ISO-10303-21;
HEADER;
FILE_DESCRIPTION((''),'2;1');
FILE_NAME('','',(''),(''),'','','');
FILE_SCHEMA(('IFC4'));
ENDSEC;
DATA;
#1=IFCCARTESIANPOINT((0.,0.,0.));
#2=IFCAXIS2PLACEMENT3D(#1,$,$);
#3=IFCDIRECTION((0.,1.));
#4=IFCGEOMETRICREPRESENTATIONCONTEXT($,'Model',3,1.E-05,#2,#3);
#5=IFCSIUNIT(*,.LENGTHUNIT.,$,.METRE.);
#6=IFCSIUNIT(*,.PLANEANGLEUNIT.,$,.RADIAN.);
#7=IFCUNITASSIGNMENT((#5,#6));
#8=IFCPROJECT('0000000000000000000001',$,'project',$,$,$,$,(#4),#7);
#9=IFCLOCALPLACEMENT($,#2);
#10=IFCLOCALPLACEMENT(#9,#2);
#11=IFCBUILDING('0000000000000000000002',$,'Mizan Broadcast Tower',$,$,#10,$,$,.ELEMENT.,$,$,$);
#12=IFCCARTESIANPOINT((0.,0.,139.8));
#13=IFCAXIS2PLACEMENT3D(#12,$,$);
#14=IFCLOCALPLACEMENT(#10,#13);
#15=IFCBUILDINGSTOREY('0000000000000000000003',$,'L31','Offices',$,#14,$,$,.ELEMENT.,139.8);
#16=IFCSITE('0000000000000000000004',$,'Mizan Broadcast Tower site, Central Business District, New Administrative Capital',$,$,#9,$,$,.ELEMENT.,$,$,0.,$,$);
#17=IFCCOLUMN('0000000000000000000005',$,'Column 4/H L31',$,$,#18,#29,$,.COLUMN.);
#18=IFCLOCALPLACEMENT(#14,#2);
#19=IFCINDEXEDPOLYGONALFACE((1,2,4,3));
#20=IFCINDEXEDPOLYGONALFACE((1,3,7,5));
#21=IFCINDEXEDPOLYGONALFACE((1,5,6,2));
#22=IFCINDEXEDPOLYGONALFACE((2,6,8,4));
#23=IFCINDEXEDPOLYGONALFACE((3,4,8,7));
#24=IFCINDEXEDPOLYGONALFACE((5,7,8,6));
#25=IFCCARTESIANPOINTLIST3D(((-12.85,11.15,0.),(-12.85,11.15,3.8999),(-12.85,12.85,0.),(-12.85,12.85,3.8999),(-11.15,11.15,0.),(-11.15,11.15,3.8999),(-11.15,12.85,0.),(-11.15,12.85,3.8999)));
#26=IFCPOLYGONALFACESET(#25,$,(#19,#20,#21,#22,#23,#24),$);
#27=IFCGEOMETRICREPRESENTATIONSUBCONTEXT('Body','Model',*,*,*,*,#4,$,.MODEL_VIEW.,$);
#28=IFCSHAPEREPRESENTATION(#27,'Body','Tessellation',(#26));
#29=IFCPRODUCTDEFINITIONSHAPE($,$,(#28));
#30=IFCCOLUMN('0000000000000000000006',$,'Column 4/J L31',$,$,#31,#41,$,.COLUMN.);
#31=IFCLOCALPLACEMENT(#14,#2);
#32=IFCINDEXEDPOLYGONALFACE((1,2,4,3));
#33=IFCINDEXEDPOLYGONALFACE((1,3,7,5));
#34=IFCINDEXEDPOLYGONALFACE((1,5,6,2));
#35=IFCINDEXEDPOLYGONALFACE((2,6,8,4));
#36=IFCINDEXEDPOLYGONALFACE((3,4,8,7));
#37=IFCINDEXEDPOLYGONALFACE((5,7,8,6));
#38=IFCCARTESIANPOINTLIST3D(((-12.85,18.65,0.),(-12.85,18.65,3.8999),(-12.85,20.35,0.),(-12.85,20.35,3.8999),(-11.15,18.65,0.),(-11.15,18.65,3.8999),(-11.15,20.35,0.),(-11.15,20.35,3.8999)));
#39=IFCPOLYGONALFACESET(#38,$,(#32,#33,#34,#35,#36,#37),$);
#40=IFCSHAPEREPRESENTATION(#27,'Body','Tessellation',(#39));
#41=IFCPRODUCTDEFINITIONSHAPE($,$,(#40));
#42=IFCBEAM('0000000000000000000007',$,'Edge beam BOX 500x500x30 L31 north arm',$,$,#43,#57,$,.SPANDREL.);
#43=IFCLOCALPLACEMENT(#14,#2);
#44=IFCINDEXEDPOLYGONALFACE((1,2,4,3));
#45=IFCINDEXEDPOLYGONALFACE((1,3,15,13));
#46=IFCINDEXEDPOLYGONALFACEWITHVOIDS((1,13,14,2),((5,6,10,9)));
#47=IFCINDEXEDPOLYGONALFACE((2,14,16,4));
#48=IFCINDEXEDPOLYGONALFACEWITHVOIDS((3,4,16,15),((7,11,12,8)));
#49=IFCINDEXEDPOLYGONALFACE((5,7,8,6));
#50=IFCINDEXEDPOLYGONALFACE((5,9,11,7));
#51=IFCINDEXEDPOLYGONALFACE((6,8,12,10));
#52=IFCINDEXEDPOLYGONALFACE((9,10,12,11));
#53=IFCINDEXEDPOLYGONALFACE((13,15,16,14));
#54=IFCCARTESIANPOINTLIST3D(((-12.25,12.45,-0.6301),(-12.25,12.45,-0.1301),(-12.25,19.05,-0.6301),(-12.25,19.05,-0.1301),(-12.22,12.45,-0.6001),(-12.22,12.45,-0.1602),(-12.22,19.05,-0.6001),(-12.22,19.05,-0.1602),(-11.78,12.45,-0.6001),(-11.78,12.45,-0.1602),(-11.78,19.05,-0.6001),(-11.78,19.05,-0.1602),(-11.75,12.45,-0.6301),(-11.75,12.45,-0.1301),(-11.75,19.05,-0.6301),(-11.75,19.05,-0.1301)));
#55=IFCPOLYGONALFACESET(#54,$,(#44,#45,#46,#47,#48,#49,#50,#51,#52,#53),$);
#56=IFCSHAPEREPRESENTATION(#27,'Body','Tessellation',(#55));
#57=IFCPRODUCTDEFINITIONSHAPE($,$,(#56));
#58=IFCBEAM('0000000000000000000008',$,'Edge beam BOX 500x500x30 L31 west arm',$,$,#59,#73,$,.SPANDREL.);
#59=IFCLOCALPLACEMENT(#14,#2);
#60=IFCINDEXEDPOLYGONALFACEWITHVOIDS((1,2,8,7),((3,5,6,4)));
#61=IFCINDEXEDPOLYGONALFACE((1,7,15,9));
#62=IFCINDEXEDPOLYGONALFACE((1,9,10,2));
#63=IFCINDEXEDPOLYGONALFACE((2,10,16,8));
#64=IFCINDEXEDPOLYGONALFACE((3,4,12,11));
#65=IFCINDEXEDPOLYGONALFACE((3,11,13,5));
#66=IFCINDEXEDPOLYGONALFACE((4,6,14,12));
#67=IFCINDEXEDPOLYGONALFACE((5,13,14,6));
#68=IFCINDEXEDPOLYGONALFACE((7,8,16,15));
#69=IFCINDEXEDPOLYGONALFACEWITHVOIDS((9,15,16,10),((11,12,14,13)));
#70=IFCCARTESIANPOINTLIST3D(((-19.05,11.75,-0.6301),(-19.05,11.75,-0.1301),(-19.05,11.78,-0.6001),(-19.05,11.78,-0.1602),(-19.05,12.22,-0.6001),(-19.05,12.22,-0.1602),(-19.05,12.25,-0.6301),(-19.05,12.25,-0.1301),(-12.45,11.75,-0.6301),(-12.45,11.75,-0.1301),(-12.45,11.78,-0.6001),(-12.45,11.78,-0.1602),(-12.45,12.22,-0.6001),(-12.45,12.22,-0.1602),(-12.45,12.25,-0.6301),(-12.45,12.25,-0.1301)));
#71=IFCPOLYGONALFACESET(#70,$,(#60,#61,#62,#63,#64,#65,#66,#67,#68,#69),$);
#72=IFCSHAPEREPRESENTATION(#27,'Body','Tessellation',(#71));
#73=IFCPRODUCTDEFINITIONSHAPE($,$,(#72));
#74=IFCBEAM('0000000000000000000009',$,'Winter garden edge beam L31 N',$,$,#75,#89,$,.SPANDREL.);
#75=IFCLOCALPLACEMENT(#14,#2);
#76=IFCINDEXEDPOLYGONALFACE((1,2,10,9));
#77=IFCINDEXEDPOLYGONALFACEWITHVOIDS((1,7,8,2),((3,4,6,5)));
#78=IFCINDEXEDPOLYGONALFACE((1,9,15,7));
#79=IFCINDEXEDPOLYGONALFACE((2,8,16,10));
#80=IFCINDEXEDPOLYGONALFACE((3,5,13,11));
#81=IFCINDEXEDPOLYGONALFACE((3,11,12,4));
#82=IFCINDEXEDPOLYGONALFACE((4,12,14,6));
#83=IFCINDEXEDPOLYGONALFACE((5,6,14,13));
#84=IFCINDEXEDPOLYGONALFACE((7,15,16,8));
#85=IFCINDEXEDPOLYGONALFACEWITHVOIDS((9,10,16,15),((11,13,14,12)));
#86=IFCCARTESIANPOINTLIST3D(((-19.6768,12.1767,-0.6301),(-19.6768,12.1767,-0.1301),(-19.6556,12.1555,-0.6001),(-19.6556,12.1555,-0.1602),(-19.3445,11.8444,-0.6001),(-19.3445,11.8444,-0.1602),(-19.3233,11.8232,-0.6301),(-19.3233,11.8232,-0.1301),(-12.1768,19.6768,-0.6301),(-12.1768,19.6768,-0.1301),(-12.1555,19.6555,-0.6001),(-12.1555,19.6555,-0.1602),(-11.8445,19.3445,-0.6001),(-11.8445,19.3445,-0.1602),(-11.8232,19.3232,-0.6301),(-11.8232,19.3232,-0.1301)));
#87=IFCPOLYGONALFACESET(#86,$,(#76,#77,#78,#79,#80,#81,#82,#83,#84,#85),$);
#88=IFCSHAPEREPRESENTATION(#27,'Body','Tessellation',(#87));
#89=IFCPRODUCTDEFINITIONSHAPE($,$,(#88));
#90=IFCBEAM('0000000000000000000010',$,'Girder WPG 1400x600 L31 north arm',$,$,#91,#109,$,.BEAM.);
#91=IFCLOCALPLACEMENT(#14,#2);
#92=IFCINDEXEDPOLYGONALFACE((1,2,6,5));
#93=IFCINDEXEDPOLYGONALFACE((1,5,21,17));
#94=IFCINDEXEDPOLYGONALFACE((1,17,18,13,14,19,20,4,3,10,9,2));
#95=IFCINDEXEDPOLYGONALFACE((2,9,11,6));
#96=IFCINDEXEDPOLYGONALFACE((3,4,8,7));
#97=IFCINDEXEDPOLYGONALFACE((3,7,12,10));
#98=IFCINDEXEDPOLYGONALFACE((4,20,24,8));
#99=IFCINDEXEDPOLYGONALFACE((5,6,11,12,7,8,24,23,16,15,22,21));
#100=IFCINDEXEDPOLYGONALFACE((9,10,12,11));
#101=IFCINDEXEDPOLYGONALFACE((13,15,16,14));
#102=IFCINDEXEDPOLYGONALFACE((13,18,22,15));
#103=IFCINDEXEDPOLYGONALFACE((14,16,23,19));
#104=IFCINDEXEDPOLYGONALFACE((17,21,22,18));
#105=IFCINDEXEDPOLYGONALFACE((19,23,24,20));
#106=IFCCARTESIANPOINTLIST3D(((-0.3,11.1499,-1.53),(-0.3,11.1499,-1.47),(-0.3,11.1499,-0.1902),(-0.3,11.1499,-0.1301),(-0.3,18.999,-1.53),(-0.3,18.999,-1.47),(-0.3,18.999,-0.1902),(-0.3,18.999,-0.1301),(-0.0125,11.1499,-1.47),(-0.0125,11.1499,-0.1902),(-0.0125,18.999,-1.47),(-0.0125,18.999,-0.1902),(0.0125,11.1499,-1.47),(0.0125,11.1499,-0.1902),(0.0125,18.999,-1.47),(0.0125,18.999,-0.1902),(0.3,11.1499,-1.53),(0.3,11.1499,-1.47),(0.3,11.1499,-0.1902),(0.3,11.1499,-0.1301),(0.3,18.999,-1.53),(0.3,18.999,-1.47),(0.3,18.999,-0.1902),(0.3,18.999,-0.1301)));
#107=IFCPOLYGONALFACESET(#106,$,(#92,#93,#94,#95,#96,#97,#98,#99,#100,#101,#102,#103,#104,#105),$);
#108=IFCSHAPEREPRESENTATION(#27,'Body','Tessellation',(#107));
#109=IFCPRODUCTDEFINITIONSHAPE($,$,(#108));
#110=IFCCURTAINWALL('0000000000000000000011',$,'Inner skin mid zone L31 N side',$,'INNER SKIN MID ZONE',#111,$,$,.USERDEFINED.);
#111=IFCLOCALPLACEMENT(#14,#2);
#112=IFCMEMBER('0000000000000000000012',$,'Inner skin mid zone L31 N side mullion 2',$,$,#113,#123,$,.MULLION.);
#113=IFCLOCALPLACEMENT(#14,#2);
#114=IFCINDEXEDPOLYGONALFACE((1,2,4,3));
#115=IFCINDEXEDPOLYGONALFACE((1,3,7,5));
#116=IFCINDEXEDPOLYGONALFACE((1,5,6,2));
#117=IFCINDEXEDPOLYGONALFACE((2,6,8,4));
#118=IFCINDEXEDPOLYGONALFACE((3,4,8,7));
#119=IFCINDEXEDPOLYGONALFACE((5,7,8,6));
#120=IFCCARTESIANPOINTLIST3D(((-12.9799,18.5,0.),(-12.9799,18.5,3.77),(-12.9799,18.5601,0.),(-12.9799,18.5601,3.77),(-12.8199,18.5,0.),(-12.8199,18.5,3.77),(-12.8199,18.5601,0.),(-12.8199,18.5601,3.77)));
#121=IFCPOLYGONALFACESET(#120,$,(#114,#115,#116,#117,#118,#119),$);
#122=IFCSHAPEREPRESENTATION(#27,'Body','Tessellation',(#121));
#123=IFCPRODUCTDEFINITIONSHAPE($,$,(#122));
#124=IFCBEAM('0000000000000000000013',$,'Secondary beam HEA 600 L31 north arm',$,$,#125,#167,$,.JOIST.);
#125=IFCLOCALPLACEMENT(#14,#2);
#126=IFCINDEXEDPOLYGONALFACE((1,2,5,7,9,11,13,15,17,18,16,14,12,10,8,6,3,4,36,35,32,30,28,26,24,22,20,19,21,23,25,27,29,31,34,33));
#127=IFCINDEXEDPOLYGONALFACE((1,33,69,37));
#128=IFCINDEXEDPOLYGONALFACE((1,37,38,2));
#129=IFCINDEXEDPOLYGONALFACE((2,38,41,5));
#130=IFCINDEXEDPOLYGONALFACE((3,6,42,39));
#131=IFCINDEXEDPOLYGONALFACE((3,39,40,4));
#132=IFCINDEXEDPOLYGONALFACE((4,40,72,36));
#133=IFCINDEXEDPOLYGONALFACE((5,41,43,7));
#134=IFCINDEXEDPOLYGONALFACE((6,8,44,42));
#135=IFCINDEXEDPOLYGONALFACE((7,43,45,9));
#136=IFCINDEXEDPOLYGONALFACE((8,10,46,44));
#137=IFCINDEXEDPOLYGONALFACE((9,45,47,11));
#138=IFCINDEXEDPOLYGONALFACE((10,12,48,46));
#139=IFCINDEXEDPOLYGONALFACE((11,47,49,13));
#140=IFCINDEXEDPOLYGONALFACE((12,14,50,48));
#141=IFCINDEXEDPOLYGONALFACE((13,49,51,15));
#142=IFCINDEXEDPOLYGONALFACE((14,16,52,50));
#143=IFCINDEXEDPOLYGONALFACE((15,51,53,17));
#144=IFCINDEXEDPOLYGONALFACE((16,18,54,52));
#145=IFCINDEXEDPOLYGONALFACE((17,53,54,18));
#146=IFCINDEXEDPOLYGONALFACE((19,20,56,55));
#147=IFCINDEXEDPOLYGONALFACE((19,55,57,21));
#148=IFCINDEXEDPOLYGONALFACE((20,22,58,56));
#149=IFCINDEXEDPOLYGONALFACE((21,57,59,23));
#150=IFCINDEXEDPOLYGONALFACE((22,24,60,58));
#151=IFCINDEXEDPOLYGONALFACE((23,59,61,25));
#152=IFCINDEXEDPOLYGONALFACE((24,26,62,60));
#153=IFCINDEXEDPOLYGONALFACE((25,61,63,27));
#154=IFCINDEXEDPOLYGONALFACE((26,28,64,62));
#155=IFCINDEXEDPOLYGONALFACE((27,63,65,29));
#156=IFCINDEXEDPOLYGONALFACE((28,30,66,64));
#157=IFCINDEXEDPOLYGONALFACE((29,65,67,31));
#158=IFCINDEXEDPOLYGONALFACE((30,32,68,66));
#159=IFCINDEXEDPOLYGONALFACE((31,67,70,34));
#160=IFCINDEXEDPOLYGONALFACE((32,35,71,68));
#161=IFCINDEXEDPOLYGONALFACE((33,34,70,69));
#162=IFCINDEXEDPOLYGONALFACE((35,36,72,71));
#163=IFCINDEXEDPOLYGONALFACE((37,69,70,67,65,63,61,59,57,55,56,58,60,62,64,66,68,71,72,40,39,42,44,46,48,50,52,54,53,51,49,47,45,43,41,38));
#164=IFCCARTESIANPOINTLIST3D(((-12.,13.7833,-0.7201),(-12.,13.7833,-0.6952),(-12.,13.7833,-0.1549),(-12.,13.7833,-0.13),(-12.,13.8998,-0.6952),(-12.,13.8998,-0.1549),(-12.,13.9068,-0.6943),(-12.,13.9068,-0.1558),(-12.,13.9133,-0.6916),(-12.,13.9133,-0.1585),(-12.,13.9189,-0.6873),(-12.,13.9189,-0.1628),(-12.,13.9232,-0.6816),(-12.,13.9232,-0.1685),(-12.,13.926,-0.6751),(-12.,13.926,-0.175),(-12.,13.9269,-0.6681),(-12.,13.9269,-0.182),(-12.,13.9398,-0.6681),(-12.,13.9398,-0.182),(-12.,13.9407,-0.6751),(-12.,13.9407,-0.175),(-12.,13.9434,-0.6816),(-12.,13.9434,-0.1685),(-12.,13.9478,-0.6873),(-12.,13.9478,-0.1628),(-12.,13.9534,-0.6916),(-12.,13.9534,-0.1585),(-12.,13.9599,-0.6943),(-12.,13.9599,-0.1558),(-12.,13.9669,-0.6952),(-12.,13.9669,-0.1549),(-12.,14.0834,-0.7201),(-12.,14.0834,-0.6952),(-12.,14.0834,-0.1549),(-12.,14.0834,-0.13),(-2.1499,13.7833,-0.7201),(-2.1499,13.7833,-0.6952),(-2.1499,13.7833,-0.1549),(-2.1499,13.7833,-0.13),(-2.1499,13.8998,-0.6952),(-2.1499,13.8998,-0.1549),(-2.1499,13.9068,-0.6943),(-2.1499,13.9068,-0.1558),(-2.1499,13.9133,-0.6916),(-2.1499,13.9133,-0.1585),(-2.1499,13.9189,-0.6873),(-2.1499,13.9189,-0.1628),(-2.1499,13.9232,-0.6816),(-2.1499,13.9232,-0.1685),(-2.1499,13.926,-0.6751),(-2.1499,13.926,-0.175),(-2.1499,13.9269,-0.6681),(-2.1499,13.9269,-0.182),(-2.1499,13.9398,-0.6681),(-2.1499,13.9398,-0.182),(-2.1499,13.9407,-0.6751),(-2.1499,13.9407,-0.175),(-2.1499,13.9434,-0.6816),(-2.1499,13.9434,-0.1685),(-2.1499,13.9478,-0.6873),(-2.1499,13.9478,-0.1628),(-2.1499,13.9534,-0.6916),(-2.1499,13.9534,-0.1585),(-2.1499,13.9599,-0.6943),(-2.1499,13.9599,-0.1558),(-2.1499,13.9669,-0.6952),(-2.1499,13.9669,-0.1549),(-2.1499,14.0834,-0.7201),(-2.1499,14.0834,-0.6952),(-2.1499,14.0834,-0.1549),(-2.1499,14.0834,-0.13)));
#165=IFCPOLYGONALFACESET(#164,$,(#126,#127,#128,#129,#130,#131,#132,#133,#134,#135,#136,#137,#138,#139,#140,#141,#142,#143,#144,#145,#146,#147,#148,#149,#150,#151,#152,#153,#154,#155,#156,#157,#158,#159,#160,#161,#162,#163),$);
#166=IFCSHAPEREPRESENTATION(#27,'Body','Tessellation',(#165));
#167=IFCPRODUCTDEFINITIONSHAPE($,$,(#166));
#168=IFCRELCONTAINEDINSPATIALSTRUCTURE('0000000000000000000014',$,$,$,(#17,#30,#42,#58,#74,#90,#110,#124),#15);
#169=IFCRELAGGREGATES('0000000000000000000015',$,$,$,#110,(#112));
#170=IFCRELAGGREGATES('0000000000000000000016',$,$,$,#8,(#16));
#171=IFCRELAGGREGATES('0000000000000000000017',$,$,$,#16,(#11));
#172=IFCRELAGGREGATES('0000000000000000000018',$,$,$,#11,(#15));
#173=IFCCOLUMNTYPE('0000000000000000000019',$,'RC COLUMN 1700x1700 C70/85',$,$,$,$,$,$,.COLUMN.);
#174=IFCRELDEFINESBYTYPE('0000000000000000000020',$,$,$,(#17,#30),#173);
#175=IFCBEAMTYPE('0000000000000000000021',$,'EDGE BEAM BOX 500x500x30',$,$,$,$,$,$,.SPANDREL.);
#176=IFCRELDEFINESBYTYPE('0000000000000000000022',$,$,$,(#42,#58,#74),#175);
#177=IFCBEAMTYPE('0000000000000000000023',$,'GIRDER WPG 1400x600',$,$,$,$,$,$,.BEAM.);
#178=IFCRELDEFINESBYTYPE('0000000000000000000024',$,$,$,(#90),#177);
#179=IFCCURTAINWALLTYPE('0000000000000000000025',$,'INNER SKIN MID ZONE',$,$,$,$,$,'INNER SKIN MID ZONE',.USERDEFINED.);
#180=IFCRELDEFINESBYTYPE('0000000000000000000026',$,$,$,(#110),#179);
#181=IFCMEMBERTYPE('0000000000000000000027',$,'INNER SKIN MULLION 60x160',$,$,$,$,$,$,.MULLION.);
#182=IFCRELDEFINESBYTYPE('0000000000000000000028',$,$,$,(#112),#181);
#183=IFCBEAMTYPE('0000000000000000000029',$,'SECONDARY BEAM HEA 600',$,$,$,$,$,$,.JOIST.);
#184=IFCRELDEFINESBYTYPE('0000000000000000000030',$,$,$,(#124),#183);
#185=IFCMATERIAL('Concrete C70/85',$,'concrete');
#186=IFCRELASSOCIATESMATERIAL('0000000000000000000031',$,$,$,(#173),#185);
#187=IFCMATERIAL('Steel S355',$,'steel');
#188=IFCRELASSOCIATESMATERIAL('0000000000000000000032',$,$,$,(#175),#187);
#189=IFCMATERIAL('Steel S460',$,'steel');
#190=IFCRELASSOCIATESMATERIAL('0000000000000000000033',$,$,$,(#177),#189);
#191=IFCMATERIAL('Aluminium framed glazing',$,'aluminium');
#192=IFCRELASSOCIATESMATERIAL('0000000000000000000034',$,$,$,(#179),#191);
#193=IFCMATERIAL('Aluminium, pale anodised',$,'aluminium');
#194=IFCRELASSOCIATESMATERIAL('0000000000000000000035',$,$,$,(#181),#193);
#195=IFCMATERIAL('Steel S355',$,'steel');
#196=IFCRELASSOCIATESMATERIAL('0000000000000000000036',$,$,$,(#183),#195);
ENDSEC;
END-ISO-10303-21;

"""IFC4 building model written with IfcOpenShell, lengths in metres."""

from ifc_helpers import new_model, si_unit, direction, frame, origin, origin_2d, place, context, subcontext, project, spatial, rectangle, hollow_rectangle, i_section, extrude, material, material_profile, profile_set, type_object, element, aggregate, save


model = new_model("IFC4")

# Units and contexts
model_context = context("Model", 3, precision=1e-05, world=origin(), true_north=direction((0.0, 1.0)))
body_context = subcontext(model_context, "Body", "Model", "MODEL_VIEW")
ifc_project = project(units=[si_unit("LENGTHUNIT", "METRE"), si_unit("PLANEANGLEUNIT", "RADIAN")], contexts=[model_context])

# Site, building, storey
site_placement = place(None, origin())
site = spatial("IfcSite", under=ifc_project, at=site_placement, Name="Mizan Broadcast Tower site, Central Business District, New Administrative Capital", CompositionType="ELEMENT", RefElevation=0.0)
building_placement = place(site_placement, origin())
building = spatial("IfcBuilding", under=site, at=building_placement, Name="Mizan Broadcast Tower", CompositionType="ELEMENT")
storey_placement = place(building_placement, frame((0.0, 0.0, 139.8)))
storey = spatial("IfcBuildingStorey", under=building, at=storey_placement, Name="L31", Description="Offices", CompositionType="ELEMENT", Elevation=139.8)

# Columns
ifc_material_1 = material(Name="Concrete C70/85", Category="concrete")
ifc_material_profile_1 = material_profile(ifc_material_1, rectangle(XDim=1.7, YDim=1.7, at=origin_2d()), Name="RC 1700x1700")
ifc_profile_set_1 = profile_set([ifc_material_profile_1], Name="Concrete C70/85")
column_type = type_object("IfcColumnType", Name="RC COLUMN 1700x1700 C70/85", PredefinedType="COLUMN", material=ifc_profile_set_1)
for number, where, z_axis, x_axis, name in (
    (1, (-12.0, 12.0, 0.0), (0.0, 0.0, 1.0), (1.0, 0.0, 0.0), "Column 4/H L31"),
    (2, (-12.0, 19.5, 0.0), (0.0, 0.0, 1.0), (1.0, 0.0, 0.0), "Column 4/J L31"),
):
    element("IfcColumn", number, at=place(storey_placement, frame(where, z_axis=z_axis, x_axis=x_axis)), inside=storey, type_object=column_type, Name=name, PredefinedType="COLUMN", context=body_context, shape_type="SweptSolid", body=[
        extrude(rectangle(XDim=1.7, YDim=1.7, at=origin_2d()), origin(), (0.0, 0.0, 1.0), 3.8999),
    ])

# Beams
ifc_material_2 = material(Name="Steel S355", Category="steel")
ifc_material_profile_2 = material_profile(ifc_material_2, hollow_rectangle(XDim=0.5, YDim=0.5, WallThickness=0.03, at=origin_2d()), Name="BOX 500x500x30")
ifc_profile_set_2 = profile_set([ifc_material_profile_2], Name="Steel S355")
beam_type_1 = type_object("IfcBeamType", Name="EDGE BEAM BOX 500x500x30", PredefinedType="SPANDREL", material=ifc_profile_set_2)
for number, where, z_axis, x_axis, name in (
    (3, (-12.0, 12.45, -0.3801), (0.0, 1.0, 0.0), (-1.0, 0.0, 0.0), "Edge beam BOX 500x500x30 L31 north arm"),
    (4, (-12.45, 12.0, -0.3801), (-1.0, 0.0, 0.0), (0.0, -1.0, 0.0), "Edge beam BOX 500x500x30 L31 west arm"),
):
    element("IfcBeam", number, at=place(storey_placement, frame(where, z_axis=z_axis, x_axis=x_axis)), inside=storey, type_object=beam_type_1, Name=name, PredefinedType="SPANDREL", context=body_context, shape_type="SweptSolid", body=[
        extrude(hollow_rectangle(XDim=0.5, YDim=0.5, WallThickness=0.03, at=origin_2d()), origin(), (0.0, 0.0, 1.0), 6.6001),
    ])
beam_1_placement = place(storey_placement, frame((-12.0, 19.5, -0.3801), z_axis=(-0.707107, -0.707107, 0.0), x_axis=(0.707107, -0.707107, 0.0)))
element("IfcBeam", 5, at=beam_1_placement, inside=storey, type_object=beam_type_1, Name="Winter garden edge beam L31 N", PredefinedType="SPANDREL", context=body_context, shape_type="SweptSolid", body=[
    extrude(hollow_rectangle(XDim=0.5, YDim=0.5, WallThickness=0.03, at=origin_2d()), origin(), (0.0, 0.0, 1.0), 10.6067),
])
ifc_material_3 = material(Name="Steel S460", Category="steel")
ifc_material_profile_3 = material_profile(ifc_material_3, i_section(OverallWidth=0.6001, OverallDepth=1.3999, WebThickness=0.0249, FlangeThickness=0.0601, at=origin_2d()), Name="WPG 1400x600")
ifc_profile_set_3 = profile_set([ifc_material_profile_3], Name="Steel S460")
beam_type_2 = type_object("IfcBeamType", Name="GIRDER WPG 1400x600", PredefinedType="BEAM", material=ifc_profile_set_3)
beam_2_placement = place(storey_placement, frame((0.0, 11.1499, -0.8301), z_axis=(0.0, 1.0, 0.0), x_axis=(-1.0, 0.0, 0.0)))
element("IfcBeam", 6, at=beam_2_placement, inside=storey, type_object=beam_type_2, Name="Girder WPG 1400x600 L31 north arm", PredefinedType="BEAM", context=body_context, shape_type="SweptSolid", body=[
    extrude(i_section(OverallWidth=0.6001, OverallDepth=1.3999, WebThickness=0.0249, FlangeThickness=0.0601, at=origin_2d()), origin(), (0.0, 0.0, 1.0), 7.8491),
])

# Curtain wall, member
ifc_material_4 = material(Name="Aluminium framed glazing", Category="aluminium")
curtain_wall_type = type_object("IfcCurtainWallType", Name="INNER SKIN MID ZONE", ElementType="INNER SKIN MID ZONE", PredefinedType="USERDEFINED", material=ifc_material_4)
curtain_wall_placement = place(storey_placement, origin())
curtain_wall = element("IfcCurtainWall", 7, at=curtain_wall_placement, inside=storey, type_object=curtain_wall_type, Name="Inner skin mid zone L31 N side", ObjectType="INNER SKIN MID ZONE", PredefinedType="USERDEFINED")
ifc_material_5 = material(Name="Aluminium, pale anodised", Category="aluminium")
ifc_material_profile_4 = material_profile(ifc_material_5, rectangle(XDim=0.1599, YDim=0.0601, at=origin_2d()), Name="MULLION 160x60")
ifc_profile_set_4 = profile_set([ifc_material_profile_4], Name="Aluminium, pale anodised")
member_type = type_object("IfcMemberType", Name="INNER SKIN MULLION 60x160", PredefinedType="MULLION", material=ifc_profile_set_4)
member_placement = place(storey_placement, frame((-12.8999, 18.53, 0.0), z_axis=(0.0, 0.0, 1.0), x_axis=(1.0, 0.0, 0.0)))
member = element("IfcMember", 8, at=member_placement, type_object=member_type, Name="Inner skin mid zone L31 N side mullion 2", PredefinedType="MULLION", context=body_context, shape_type="SweptSolid", body=[
    extrude(rectangle(XDim=0.1599, YDim=0.0601, at=origin_2d()), origin(), (0.0, 0.0, 1.0), 3.77),
])
aggregate(curtain_wall, [member])

# Beam
ifc_material_6 = material(Name="Steel S355", Category="steel")
ifc_material_profile_5 = material_profile(ifc_material_6, i_section(OverallWidth=0.3, OverallDepth=0.5901, WebThickness=0.0129, FlangeThickness=0.0249, FilletRadius=0.0271, at=origin_2d()), Name="HEA 600")
ifc_profile_set_5 = profile_set([ifc_material_profile_5], Name="Steel S355")
beam_type_3 = type_object("IfcBeamType", Name="SECONDARY BEAM HEA 600", PredefinedType="JOIST", material=ifc_profile_set_5)
for number, where, z_axis, x_axis, name in (
    (9, (-12.0, 13.9333, -0.425), (1.0, 0.0, 0.0), (0.0, 1.0, 0.0), "Secondary beam HEA 600 L31 north arm"),
):
    element("IfcBeam", number, at=place(storey_placement, frame(where, z_axis=z_axis, x_axis=x_axis)), inside=storey, type_object=beam_type_3, Name=name, PredefinedType="JOIST", context=body_context, shape_type="SweptSolid", body=[
        extrude(i_section(OverallWidth=0.3, OverallDepth=0.5901, WebThickness=0.0129, FlangeThickness=0.0249, FilletRadius=0.0271, at=origin_2d()), origin(), (0.0, 0.0, 1.0), 9.8501),
    ])

save(model, "model.ifc")
